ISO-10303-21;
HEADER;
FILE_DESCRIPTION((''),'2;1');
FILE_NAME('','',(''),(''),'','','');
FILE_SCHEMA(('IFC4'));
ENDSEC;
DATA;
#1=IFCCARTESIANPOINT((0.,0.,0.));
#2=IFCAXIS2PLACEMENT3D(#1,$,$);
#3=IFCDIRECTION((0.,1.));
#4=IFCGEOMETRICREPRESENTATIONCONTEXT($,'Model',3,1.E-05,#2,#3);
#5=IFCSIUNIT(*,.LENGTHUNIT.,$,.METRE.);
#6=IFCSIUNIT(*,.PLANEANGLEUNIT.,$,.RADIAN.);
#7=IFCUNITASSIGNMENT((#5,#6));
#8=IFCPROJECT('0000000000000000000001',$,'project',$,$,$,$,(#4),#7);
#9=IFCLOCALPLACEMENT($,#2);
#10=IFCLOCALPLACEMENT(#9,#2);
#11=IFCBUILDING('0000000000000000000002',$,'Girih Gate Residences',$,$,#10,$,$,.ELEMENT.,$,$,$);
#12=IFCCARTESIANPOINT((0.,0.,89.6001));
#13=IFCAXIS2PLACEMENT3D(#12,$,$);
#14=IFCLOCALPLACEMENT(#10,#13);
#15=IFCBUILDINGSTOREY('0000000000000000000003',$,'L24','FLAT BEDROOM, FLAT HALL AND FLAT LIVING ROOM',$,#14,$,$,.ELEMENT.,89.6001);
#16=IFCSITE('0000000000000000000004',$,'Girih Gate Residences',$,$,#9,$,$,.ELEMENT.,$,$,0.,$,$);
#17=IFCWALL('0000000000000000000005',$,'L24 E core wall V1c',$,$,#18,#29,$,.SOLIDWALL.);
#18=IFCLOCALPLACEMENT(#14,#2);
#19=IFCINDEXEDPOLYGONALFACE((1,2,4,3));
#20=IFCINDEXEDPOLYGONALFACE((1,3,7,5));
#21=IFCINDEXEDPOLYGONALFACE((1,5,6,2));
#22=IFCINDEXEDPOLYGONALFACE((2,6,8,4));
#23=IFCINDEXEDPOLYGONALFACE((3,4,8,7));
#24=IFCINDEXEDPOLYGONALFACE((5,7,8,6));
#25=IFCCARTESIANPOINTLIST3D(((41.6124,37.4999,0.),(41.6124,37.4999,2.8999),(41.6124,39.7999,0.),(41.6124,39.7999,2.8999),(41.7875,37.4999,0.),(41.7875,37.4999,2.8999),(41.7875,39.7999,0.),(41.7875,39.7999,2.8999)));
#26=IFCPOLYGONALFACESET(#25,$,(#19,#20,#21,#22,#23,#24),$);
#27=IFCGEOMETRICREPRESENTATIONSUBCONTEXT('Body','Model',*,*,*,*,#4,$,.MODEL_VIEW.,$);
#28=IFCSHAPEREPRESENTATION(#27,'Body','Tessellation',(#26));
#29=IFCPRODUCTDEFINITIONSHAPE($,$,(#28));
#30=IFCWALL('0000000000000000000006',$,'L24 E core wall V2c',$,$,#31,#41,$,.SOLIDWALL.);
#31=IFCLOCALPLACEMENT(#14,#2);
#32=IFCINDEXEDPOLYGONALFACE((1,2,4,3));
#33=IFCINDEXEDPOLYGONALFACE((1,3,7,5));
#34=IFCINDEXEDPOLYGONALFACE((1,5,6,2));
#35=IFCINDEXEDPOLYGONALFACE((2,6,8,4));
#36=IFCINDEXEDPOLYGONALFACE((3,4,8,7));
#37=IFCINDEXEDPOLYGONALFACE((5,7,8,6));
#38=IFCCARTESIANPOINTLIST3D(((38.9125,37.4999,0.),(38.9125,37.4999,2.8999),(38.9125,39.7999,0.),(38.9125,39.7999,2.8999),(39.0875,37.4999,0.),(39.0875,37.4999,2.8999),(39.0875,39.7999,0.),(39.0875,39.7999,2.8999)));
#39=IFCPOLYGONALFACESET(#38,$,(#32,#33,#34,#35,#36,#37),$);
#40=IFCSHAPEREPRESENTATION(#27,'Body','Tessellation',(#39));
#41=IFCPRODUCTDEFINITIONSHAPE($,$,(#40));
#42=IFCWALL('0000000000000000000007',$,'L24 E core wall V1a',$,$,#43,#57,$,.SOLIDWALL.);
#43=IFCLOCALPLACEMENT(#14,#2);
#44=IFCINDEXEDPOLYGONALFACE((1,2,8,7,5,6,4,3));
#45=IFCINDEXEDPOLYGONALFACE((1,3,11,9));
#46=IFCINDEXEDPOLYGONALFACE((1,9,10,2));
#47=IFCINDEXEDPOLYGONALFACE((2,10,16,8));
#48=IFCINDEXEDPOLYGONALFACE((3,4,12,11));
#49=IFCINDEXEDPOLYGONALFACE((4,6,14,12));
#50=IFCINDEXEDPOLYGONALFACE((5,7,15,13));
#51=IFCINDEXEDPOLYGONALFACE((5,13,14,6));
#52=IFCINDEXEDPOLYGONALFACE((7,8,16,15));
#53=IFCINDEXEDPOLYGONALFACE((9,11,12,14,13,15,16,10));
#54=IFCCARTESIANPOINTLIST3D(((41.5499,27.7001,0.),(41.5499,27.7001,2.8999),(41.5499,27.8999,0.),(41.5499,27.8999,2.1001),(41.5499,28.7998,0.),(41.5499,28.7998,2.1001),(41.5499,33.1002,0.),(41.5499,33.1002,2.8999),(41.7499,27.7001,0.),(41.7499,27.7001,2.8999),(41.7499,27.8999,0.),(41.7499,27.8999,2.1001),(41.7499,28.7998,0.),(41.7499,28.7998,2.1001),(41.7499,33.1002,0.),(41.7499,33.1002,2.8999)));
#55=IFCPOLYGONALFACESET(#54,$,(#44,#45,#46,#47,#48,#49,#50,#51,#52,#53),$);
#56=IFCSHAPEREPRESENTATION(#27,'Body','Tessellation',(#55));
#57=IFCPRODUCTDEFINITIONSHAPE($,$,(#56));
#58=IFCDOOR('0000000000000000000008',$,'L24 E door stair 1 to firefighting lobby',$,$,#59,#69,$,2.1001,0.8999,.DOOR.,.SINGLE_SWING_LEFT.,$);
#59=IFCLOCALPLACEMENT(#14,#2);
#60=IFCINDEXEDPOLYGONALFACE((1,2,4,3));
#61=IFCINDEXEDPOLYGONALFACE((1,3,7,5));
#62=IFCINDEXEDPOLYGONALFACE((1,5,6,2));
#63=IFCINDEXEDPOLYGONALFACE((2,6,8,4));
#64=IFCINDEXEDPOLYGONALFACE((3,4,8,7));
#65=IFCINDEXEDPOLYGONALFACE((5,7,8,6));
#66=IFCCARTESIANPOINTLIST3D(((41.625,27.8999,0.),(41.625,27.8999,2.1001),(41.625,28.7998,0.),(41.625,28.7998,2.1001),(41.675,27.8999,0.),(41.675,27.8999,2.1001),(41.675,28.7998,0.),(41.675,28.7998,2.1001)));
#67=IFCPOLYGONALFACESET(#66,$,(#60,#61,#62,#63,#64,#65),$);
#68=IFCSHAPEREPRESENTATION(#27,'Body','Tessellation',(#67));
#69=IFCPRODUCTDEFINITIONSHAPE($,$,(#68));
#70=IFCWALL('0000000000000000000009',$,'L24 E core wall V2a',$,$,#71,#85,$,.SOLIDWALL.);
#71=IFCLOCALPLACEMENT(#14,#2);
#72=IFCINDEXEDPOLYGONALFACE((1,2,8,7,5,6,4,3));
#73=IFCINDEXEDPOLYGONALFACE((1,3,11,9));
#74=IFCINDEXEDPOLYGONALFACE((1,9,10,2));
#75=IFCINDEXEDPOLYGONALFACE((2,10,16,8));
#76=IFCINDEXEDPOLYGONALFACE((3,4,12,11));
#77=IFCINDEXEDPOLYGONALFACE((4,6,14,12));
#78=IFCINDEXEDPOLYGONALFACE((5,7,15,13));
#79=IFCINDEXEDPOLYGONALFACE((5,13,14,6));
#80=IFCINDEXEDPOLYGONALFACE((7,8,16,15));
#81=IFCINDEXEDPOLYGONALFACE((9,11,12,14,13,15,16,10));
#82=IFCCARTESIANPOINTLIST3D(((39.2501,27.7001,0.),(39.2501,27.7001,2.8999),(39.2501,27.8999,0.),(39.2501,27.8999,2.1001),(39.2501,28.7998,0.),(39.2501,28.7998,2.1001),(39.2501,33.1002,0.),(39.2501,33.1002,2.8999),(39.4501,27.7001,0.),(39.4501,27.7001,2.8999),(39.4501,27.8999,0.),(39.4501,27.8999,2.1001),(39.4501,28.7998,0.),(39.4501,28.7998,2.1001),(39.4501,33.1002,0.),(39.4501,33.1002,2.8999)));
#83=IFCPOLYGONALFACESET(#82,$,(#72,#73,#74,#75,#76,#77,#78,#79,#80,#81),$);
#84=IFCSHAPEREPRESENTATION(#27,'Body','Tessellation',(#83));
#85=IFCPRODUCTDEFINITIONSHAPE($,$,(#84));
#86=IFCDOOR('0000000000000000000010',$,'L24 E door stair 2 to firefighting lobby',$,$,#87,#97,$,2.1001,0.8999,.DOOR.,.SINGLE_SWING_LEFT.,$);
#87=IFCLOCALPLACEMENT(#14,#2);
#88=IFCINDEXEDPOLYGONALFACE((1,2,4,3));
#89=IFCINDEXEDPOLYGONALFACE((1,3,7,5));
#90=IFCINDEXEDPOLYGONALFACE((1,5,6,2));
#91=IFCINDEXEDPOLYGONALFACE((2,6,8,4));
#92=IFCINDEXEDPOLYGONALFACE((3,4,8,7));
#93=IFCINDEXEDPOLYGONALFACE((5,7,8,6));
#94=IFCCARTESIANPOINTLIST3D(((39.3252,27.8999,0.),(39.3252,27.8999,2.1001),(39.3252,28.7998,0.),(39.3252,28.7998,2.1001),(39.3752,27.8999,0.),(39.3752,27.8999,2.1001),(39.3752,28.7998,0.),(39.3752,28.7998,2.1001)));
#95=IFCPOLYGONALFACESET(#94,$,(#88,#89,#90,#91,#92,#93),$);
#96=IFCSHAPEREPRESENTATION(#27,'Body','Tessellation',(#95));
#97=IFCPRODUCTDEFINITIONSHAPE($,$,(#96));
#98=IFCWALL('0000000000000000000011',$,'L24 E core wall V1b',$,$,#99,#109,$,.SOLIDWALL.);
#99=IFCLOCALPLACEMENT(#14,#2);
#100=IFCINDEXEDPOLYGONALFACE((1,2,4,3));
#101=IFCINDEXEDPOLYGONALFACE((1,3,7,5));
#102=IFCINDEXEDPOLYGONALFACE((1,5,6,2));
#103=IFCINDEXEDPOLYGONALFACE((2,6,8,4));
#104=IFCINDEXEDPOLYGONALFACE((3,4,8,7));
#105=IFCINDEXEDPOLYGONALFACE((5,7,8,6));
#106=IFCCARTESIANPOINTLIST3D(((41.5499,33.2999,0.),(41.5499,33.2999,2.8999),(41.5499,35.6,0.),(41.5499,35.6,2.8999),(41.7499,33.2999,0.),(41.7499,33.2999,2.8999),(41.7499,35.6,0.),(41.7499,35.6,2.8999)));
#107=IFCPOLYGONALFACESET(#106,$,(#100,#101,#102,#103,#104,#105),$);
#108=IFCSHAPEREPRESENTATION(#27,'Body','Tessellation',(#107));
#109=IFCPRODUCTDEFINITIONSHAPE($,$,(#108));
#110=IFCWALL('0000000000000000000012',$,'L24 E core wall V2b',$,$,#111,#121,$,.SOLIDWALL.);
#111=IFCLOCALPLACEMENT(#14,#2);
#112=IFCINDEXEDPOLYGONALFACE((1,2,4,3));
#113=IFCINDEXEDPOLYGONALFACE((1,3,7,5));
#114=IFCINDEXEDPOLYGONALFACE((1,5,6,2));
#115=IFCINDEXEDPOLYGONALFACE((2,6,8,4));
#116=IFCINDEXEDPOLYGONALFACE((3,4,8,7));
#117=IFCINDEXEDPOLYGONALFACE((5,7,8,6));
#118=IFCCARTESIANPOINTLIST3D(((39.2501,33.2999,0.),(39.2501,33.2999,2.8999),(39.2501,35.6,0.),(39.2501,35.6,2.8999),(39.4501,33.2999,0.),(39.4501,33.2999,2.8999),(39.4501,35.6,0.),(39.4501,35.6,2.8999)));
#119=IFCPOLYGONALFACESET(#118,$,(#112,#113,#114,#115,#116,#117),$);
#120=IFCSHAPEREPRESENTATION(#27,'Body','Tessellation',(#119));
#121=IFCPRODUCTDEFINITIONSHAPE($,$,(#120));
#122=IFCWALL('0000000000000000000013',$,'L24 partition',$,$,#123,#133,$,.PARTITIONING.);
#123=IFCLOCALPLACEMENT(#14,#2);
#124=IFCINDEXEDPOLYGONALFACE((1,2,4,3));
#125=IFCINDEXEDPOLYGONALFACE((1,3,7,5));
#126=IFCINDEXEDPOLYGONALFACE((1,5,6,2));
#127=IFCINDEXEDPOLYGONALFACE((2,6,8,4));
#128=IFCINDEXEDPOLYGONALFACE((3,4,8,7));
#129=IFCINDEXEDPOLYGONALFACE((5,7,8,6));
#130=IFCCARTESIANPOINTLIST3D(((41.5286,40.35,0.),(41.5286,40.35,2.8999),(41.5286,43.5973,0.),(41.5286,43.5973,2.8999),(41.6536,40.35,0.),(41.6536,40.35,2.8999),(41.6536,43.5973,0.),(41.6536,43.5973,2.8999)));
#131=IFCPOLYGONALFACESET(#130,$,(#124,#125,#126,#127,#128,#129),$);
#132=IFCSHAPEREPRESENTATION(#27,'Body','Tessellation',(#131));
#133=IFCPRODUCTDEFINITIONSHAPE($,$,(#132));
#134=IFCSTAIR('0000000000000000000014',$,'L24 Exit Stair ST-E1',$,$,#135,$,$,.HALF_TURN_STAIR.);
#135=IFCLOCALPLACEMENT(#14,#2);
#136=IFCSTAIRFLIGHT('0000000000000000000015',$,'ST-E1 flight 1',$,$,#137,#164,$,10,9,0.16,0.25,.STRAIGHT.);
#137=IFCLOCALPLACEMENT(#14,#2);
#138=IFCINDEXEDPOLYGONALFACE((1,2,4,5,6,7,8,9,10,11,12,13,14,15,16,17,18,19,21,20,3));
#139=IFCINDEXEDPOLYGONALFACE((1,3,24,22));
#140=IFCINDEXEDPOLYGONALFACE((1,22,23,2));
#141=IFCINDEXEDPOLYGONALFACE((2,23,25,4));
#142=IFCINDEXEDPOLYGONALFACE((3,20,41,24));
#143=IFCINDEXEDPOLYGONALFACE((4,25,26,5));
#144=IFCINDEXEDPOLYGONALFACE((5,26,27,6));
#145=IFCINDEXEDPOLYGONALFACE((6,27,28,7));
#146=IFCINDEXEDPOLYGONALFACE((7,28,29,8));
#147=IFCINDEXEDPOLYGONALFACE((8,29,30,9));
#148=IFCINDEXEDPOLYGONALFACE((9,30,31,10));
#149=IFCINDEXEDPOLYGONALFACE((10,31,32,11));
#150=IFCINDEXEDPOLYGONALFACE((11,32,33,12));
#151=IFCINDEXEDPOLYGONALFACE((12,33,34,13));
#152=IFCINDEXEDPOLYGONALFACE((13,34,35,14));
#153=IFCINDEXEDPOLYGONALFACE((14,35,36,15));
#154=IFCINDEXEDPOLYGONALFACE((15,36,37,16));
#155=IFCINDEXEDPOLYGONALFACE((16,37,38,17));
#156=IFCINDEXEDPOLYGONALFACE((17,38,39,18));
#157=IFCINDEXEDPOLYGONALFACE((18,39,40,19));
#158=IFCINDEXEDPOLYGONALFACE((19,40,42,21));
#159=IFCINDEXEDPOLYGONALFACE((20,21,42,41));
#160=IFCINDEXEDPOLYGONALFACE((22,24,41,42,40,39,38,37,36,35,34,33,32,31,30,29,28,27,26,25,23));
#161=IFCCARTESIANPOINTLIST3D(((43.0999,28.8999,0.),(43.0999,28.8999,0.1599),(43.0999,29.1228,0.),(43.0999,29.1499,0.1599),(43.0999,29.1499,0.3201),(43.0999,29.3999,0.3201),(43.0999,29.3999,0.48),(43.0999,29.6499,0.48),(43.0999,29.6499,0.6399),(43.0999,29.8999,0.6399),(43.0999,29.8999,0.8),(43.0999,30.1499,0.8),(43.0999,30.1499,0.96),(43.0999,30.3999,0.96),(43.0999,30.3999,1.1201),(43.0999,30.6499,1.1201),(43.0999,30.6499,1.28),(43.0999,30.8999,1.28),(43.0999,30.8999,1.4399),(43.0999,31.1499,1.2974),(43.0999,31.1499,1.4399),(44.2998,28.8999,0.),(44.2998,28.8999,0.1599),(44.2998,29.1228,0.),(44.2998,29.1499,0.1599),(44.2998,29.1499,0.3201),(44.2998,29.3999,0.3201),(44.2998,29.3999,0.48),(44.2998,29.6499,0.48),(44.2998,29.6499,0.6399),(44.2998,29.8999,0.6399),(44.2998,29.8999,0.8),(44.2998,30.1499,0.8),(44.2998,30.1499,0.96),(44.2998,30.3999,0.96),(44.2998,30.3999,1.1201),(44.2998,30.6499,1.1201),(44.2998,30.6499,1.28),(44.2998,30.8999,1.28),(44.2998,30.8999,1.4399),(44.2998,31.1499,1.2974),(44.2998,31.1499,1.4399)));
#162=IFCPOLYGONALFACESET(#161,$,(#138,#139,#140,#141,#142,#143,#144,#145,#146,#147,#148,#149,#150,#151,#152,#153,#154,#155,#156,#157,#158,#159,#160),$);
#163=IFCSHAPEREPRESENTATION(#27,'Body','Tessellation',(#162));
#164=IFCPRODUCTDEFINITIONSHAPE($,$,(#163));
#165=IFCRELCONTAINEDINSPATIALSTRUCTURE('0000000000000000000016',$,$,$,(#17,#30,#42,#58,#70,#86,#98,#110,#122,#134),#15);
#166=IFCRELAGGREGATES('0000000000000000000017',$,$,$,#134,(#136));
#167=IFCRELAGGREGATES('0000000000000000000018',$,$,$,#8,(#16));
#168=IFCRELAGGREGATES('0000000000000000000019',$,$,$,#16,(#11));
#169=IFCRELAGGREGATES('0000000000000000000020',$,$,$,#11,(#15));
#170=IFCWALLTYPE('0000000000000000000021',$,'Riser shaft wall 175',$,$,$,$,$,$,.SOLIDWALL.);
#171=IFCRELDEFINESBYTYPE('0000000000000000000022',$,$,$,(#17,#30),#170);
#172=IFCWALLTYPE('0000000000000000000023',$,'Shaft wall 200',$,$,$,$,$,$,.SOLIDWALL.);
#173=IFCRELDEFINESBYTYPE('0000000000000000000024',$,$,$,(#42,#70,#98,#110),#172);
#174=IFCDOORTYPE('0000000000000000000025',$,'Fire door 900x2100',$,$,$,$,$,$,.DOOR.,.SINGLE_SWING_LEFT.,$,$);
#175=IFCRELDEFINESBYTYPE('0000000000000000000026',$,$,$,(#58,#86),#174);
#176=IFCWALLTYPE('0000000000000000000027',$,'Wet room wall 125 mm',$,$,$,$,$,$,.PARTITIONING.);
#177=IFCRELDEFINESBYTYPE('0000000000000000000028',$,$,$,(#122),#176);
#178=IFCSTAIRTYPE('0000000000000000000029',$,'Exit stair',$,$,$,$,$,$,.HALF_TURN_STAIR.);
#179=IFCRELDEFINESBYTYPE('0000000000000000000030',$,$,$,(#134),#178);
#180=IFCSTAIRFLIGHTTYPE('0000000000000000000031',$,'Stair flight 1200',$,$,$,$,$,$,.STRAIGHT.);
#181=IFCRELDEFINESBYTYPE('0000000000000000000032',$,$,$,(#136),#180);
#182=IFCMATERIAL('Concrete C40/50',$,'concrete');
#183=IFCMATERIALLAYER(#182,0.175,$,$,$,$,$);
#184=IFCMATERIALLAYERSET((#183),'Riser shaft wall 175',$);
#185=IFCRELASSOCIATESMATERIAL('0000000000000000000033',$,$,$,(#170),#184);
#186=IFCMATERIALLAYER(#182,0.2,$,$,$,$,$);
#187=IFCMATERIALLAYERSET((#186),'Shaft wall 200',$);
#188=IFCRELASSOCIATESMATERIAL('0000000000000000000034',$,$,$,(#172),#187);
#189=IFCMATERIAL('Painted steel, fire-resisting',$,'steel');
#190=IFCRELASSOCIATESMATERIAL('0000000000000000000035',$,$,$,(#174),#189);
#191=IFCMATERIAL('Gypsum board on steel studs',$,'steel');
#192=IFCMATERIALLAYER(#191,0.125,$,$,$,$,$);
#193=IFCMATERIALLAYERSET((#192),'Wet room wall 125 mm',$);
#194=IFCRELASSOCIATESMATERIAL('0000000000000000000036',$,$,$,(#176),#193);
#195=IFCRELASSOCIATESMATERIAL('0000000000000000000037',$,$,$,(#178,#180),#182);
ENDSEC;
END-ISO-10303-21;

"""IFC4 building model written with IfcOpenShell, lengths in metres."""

from ifc_helpers import new_model, si_unit, direction, frame, frame_2d, origin, place, context, subcontext, project, spatial, polyline, rectangle, outline, extrude, material, layer, layer_set, type_object, element, fill, aggregate, save


model = new_model("IFC4")

# Units and contexts
model_context = context("Model", 3, precision=1e-05, world=origin(), true_north=direction((0.0, 1.0)))
body_context = subcontext(model_context, "Body", "Model", "MODEL_VIEW")
ifc_project = project(units=[si_unit("LENGTHUNIT", "METRE"), si_unit("PLANEANGLEUNIT", "RADIAN")], contexts=[model_context])

# Site, building, storey
site_placement = place(None, origin())
site = spatial("IfcSite", under=ifc_project, at=site_placement, Name="Girih Gate Residences", CompositionType="ELEMENT", RefElevation=0.0)
building_placement = place(site_placement, origin())
building = spatial("IfcBuilding", under=site, at=building_placement, Name="Girih Gate Residences", CompositionType="ELEMENT")
storey_placement = place(building_placement, frame((0.0, 0.0, 89.6001)))
storey = spatial("IfcBuildingStorey", under=building, at=storey_placement, Name="L24", Description="FLAT BEDROOM, FLAT HALL AND FLAT LIVING ROOM", CompositionType="ELEMENT", Elevation=89.6001)

# Shared definitions
ifc_material_1 = material(Name="Gypsum board on steel studs", Category="steel")

# Walls
ifc_material_2 = material(Name="Concrete C40/50", Category="concrete")
ifc_layer_1 = layer(ifc_material_2, 0.175)
ifc_layer_set_1 = layer_set([ifc_layer_1], Name="Riser shaft wall 175")
wall_type_1 = type_object("IfcWallType", Name="Riser shaft wall 175", PredefinedType="SOLIDWALL", material=ifc_layer_set_1)
for number, where, z_axis, x_axis, name in (
    (1, (41.7, 37.5, 0.0), (0.0, 0.0, 1.0), (0.0, 1.0, 0.0), "L24 E core wall V1c"),
    (2, (39.0, 37.5, 0.0), (0.0, 0.0, 1.0), (0.0, 1.0, 0.0), "L24 E core wall V2c"),
):
    element("IfcWall", number, at=place(storey_placement, frame(where, z_axis=z_axis, x_axis=x_axis)), inside=storey, type_object=wall_type_1, Name=name, PredefinedType="SOLIDWALL", context=body_context, shape_type="SweptSolid", body=[
        extrude(rectangle(XDim=2.3, YDim=0.175, at=frame_2d((1.1499, 0.0))), origin(), (0.0, 0.0, 1.0), 2.8999),
    ])

# Walls, openings, doors
ifc_layer_2 = layer(ifc_material_2, 0.2)
ifc_layer_set_2 = layer_set([ifc_layer_2], Name="Shaft wall 200")
wall_type_2 = type_object("IfcWallType", Name="Shaft wall 200", PredefinedType="SOLIDWALL", material=ifc_layer_set_2)
wall_1_placement = place(storey_placement, frame((41.6499, 27.7, 0.0), z_axis=(0.0, 0.0, 1.0), x_axis=(0.0, 1.0, 0.0)))
wall_1 = element("IfcWall", 3, at=wall_1_placement, inside=storey, type_object=wall_type_2, Name="L24 E core wall V1a", PredefinedType="SOLIDWALL", context=body_context, shape_type="SweptSolid", body=[
    extrude(rectangle(XDim=5.4001, YDim=0.2, at=frame_2d((2.7002, 0.0))), origin(), (0.0, 0.0, 1.0), 2.8999),
])
opening_1_placement = place(wall_1_placement, frame((0.2, 0.0, 0.0)))
opening_1 = element("IfcOpeningElement", 4, at=opening_1_placement, cuts=wall_1, PredefinedType="OPENING", context=body_context, shape_type="SweptSolid", body=[
    extrude(rectangle(XDim=0.8999, YDim=2.1001, at=frame_2d((0.45, 1.05))), frame((0.0, 0.1099, 0.0), z_axis=(0.0, -1.0, 0.0), x_axis=(1.0, 0.0, 0.0)), (0.0, 0.0, 1.0), 0.22),
])
ifc_material_3 = material(Name="Painted steel, fire-resisting", Category="steel")
door_type = type_object("IfcDoorType", Name="Fire door 900x2100", OperationType="SINGLE_SWING_LEFT", PredefinedType="DOOR", material=ifc_material_3)
door_1_placement = place(opening_1_placement, origin())
door_1 = element("IfcDoor", 5, at=door_1_placement, inside=storey, type_object=door_type, Name="L24 E door stair 1 to firefighting lobby", OperationType="SINGLE_SWING_LEFT", OverallHeight=2.1001, OverallWidth=0.8999, PredefinedType="DOOR", context=body_context, shape_type="SweptSolid", body=[
    extrude(rectangle(XDim=0.8999, YDim=2.1001, at=frame_2d((0.45, 1.05))), frame((0.0, 0.0249, 0.0), z_axis=(0.0, -1.0, 0.0), x_axis=(1.0, 0.0, 0.0)), (0.0, 0.0, 1.0), 0.05),
])
fill(opening_1, door_1)
wall_2_placement = place(storey_placement, frame((39.3501, 27.7, 0.0), z_axis=(0.0, 0.0, 1.0), x_axis=(0.0, 1.0, 0.0)))
wall_2 = element("IfcWall", 6, at=wall_2_placement, inside=storey, type_object=wall_type_2, Name="L24 E core wall V2a", PredefinedType="SOLIDWALL", context=body_context, shape_type="SweptSolid", body=[
    extrude(rectangle(XDim=5.4001, YDim=0.2, at=frame_2d((2.7002, 0.0))), origin(), (0.0, 0.0, 1.0), 2.8999),
])
opening_2_placement = place(wall_2_placement, frame((0.2, 0.0, 0.0)))
opening_2 = element("IfcOpeningElement", 7, at=opening_2_placement, cuts=wall_2, PredefinedType="OPENING", context=body_context, shape_type="SweptSolid", body=[
    extrude(rectangle(XDim=0.8999, YDim=2.1001, at=frame_2d((0.45, 1.05))), frame((0.0, 0.1099, 0.0), z_axis=(0.0, -1.0, 0.0), x_axis=(1.0, 0.0, 0.0)), (0.0, 0.0, 1.0), 0.22),
])
door_2_placement = place(opening_2_placement, origin())
door_2 = element("IfcDoor", 8, at=door_2_placement, inside=storey, type_object=door_type, Name="L24 E door stair 2 to firefighting lobby", OperationType="SINGLE_SWING_LEFT", OverallHeight=2.1001, OverallWidth=0.8999, PredefinedType="DOOR", context=body_context, shape_type="SweptSolid", body=[
    extrude(rectangle(XDim=0.8999, YDim=2.1001, at=frame_2d((0.45, 1.05))), frame((0.0, 0.0249, 0.0), z_axis=(0.0, -1.0, 0.0), x_axis=(1.0, 0.0, 0.0)), (0.0, 0.0, 1.0), 0.05),
])
fill(opening_2, door_2)

# Walls
for number, where, z_axis, x_axis, name in (
    (9, (41.6499, 33.3, 0.0), (0.0, 0.0, 1.0), (0.0, 1.0, 0.0), "L24 E core wall V1b"),
    (10, (39.3501, 33.3, 0.0), (0.0, 0.0, 1.0), (0.0, 1.0, 0.0), "L24 E core wall V2b"),
):
    element("IfcWall", number, at=place(storey_placement, frame(where, z_axis=z_axis, x_axis=x_axis)), inside=storey, type_object=wall_type_2, Name=name, PredefinedType="SOLIDWALL", context=body_context, shape_type="SweptSolid", body=[
        extrude(rectangle(XDim=2.3, YDim=0.2, at=frame_2d((1.1499, 0.0))), origin(), (0.0, 0.0, 1.0), 2.8999),
    ])
ifc_layer_3 = layer(ifc_material_1, 0.125)
ifc_layer_set_3 = layer_set([ifc_layer_3], Name="Wet room wall 125 mm")
wall_type_3 = type_object("IfcWallType", Name="Wet room wall 125 mm", PredefinedType="PARTITIONING", material=ifc_layer_set_3)
wall_3_placement = place(storey_placement, frame((41.5911, 40.3501, 0.0), z_axis=(0.0, 0.0, 1.0), x_axis=(0.0, 1.0, 0.0)))
element("IfcWall", 11, at=wall_3_placement, inside=storey, type_object=wall_type_3, Name="L24 partition", PredefinedType="PARTITIONING", context=body_context, shape_type="SweptSolid", body=[
    extrude(rectangle(XDim=3.2473, YDim=0.125, at=frame_2d((1.6235, 0.0))), origin(), (0.0, 0.0, 1.0), 2.8999),
])

# Stair, stair flight
stair_type = type_object("IfcStairType", Name="Exit stair", PredefinedType="HALF_TURN_STAIR", material=ifc_material_2)
stair_1_placement = place(storey_placement, origin())
stair_1 = element("IfcStair", 12, at=stair_1_placement, inside=storey, type_object=stair_type, Name="L24 Exit Stair ST-E1", PredefinedType="HALF_TURN_STAIR")
stair_flight_type = type_object("IfcStairFlightType", Name="Stair flight 1200", PredefinedType="STRAIGHT", material=ifc_material_2)
stair_flight_1_placement = place(storey_placement, frame((43.7, 28.8999, 0.0), z_axis=(0.0, 0.0, 1.0), x_axis=(0.0, 1.0, 0.0)))
stair_flight_1 = element("IfcStairFlight", 13, at=stair_flight_1_placement, type_object=stair_flight_type, Name="ST-E1 flight 1", NumberOfRisers=10, NumberOfTreads=9, PredefinedType="STRAIGHT", RiserHeight=0.16, TreadLength=0.25, context=body_context, shape_type="SweptSolid", body=[
    extrude(outline(polyline([(0.0, 0.0), (0.0, 0.1599), (0.25, 0.1599), (0.25, 0.3201), (0.5, 0.3201), (0.5, 0.48), (0.75, 0.48), (0.75, 0.6399), (1.0, 0.6399), (1.0, 0.8), (1.25, 0.8), (1.25, 0.96), (1.5, 0.96), (1.5, 1.1201), (1.75, 1.1201), (1.75, 1.28), (2.0, 1.28), (2.0, 1.4399), (2.25, 1.4399), (2.25, 1.6001), (2.25, 1.2974), (0.2229, 0.0), (0.0, 0.0)])), frame((0.0, 0.6001, 0.0), z_axis=(0.0, -1.0, 0.0), x_axis=(1.0, 0.0, 0.0)), (0.0, 0.0, 1.0), 1.2),
])
aggregate(stair_1, [stair_flight_1])

save(model, "model.ifc")
